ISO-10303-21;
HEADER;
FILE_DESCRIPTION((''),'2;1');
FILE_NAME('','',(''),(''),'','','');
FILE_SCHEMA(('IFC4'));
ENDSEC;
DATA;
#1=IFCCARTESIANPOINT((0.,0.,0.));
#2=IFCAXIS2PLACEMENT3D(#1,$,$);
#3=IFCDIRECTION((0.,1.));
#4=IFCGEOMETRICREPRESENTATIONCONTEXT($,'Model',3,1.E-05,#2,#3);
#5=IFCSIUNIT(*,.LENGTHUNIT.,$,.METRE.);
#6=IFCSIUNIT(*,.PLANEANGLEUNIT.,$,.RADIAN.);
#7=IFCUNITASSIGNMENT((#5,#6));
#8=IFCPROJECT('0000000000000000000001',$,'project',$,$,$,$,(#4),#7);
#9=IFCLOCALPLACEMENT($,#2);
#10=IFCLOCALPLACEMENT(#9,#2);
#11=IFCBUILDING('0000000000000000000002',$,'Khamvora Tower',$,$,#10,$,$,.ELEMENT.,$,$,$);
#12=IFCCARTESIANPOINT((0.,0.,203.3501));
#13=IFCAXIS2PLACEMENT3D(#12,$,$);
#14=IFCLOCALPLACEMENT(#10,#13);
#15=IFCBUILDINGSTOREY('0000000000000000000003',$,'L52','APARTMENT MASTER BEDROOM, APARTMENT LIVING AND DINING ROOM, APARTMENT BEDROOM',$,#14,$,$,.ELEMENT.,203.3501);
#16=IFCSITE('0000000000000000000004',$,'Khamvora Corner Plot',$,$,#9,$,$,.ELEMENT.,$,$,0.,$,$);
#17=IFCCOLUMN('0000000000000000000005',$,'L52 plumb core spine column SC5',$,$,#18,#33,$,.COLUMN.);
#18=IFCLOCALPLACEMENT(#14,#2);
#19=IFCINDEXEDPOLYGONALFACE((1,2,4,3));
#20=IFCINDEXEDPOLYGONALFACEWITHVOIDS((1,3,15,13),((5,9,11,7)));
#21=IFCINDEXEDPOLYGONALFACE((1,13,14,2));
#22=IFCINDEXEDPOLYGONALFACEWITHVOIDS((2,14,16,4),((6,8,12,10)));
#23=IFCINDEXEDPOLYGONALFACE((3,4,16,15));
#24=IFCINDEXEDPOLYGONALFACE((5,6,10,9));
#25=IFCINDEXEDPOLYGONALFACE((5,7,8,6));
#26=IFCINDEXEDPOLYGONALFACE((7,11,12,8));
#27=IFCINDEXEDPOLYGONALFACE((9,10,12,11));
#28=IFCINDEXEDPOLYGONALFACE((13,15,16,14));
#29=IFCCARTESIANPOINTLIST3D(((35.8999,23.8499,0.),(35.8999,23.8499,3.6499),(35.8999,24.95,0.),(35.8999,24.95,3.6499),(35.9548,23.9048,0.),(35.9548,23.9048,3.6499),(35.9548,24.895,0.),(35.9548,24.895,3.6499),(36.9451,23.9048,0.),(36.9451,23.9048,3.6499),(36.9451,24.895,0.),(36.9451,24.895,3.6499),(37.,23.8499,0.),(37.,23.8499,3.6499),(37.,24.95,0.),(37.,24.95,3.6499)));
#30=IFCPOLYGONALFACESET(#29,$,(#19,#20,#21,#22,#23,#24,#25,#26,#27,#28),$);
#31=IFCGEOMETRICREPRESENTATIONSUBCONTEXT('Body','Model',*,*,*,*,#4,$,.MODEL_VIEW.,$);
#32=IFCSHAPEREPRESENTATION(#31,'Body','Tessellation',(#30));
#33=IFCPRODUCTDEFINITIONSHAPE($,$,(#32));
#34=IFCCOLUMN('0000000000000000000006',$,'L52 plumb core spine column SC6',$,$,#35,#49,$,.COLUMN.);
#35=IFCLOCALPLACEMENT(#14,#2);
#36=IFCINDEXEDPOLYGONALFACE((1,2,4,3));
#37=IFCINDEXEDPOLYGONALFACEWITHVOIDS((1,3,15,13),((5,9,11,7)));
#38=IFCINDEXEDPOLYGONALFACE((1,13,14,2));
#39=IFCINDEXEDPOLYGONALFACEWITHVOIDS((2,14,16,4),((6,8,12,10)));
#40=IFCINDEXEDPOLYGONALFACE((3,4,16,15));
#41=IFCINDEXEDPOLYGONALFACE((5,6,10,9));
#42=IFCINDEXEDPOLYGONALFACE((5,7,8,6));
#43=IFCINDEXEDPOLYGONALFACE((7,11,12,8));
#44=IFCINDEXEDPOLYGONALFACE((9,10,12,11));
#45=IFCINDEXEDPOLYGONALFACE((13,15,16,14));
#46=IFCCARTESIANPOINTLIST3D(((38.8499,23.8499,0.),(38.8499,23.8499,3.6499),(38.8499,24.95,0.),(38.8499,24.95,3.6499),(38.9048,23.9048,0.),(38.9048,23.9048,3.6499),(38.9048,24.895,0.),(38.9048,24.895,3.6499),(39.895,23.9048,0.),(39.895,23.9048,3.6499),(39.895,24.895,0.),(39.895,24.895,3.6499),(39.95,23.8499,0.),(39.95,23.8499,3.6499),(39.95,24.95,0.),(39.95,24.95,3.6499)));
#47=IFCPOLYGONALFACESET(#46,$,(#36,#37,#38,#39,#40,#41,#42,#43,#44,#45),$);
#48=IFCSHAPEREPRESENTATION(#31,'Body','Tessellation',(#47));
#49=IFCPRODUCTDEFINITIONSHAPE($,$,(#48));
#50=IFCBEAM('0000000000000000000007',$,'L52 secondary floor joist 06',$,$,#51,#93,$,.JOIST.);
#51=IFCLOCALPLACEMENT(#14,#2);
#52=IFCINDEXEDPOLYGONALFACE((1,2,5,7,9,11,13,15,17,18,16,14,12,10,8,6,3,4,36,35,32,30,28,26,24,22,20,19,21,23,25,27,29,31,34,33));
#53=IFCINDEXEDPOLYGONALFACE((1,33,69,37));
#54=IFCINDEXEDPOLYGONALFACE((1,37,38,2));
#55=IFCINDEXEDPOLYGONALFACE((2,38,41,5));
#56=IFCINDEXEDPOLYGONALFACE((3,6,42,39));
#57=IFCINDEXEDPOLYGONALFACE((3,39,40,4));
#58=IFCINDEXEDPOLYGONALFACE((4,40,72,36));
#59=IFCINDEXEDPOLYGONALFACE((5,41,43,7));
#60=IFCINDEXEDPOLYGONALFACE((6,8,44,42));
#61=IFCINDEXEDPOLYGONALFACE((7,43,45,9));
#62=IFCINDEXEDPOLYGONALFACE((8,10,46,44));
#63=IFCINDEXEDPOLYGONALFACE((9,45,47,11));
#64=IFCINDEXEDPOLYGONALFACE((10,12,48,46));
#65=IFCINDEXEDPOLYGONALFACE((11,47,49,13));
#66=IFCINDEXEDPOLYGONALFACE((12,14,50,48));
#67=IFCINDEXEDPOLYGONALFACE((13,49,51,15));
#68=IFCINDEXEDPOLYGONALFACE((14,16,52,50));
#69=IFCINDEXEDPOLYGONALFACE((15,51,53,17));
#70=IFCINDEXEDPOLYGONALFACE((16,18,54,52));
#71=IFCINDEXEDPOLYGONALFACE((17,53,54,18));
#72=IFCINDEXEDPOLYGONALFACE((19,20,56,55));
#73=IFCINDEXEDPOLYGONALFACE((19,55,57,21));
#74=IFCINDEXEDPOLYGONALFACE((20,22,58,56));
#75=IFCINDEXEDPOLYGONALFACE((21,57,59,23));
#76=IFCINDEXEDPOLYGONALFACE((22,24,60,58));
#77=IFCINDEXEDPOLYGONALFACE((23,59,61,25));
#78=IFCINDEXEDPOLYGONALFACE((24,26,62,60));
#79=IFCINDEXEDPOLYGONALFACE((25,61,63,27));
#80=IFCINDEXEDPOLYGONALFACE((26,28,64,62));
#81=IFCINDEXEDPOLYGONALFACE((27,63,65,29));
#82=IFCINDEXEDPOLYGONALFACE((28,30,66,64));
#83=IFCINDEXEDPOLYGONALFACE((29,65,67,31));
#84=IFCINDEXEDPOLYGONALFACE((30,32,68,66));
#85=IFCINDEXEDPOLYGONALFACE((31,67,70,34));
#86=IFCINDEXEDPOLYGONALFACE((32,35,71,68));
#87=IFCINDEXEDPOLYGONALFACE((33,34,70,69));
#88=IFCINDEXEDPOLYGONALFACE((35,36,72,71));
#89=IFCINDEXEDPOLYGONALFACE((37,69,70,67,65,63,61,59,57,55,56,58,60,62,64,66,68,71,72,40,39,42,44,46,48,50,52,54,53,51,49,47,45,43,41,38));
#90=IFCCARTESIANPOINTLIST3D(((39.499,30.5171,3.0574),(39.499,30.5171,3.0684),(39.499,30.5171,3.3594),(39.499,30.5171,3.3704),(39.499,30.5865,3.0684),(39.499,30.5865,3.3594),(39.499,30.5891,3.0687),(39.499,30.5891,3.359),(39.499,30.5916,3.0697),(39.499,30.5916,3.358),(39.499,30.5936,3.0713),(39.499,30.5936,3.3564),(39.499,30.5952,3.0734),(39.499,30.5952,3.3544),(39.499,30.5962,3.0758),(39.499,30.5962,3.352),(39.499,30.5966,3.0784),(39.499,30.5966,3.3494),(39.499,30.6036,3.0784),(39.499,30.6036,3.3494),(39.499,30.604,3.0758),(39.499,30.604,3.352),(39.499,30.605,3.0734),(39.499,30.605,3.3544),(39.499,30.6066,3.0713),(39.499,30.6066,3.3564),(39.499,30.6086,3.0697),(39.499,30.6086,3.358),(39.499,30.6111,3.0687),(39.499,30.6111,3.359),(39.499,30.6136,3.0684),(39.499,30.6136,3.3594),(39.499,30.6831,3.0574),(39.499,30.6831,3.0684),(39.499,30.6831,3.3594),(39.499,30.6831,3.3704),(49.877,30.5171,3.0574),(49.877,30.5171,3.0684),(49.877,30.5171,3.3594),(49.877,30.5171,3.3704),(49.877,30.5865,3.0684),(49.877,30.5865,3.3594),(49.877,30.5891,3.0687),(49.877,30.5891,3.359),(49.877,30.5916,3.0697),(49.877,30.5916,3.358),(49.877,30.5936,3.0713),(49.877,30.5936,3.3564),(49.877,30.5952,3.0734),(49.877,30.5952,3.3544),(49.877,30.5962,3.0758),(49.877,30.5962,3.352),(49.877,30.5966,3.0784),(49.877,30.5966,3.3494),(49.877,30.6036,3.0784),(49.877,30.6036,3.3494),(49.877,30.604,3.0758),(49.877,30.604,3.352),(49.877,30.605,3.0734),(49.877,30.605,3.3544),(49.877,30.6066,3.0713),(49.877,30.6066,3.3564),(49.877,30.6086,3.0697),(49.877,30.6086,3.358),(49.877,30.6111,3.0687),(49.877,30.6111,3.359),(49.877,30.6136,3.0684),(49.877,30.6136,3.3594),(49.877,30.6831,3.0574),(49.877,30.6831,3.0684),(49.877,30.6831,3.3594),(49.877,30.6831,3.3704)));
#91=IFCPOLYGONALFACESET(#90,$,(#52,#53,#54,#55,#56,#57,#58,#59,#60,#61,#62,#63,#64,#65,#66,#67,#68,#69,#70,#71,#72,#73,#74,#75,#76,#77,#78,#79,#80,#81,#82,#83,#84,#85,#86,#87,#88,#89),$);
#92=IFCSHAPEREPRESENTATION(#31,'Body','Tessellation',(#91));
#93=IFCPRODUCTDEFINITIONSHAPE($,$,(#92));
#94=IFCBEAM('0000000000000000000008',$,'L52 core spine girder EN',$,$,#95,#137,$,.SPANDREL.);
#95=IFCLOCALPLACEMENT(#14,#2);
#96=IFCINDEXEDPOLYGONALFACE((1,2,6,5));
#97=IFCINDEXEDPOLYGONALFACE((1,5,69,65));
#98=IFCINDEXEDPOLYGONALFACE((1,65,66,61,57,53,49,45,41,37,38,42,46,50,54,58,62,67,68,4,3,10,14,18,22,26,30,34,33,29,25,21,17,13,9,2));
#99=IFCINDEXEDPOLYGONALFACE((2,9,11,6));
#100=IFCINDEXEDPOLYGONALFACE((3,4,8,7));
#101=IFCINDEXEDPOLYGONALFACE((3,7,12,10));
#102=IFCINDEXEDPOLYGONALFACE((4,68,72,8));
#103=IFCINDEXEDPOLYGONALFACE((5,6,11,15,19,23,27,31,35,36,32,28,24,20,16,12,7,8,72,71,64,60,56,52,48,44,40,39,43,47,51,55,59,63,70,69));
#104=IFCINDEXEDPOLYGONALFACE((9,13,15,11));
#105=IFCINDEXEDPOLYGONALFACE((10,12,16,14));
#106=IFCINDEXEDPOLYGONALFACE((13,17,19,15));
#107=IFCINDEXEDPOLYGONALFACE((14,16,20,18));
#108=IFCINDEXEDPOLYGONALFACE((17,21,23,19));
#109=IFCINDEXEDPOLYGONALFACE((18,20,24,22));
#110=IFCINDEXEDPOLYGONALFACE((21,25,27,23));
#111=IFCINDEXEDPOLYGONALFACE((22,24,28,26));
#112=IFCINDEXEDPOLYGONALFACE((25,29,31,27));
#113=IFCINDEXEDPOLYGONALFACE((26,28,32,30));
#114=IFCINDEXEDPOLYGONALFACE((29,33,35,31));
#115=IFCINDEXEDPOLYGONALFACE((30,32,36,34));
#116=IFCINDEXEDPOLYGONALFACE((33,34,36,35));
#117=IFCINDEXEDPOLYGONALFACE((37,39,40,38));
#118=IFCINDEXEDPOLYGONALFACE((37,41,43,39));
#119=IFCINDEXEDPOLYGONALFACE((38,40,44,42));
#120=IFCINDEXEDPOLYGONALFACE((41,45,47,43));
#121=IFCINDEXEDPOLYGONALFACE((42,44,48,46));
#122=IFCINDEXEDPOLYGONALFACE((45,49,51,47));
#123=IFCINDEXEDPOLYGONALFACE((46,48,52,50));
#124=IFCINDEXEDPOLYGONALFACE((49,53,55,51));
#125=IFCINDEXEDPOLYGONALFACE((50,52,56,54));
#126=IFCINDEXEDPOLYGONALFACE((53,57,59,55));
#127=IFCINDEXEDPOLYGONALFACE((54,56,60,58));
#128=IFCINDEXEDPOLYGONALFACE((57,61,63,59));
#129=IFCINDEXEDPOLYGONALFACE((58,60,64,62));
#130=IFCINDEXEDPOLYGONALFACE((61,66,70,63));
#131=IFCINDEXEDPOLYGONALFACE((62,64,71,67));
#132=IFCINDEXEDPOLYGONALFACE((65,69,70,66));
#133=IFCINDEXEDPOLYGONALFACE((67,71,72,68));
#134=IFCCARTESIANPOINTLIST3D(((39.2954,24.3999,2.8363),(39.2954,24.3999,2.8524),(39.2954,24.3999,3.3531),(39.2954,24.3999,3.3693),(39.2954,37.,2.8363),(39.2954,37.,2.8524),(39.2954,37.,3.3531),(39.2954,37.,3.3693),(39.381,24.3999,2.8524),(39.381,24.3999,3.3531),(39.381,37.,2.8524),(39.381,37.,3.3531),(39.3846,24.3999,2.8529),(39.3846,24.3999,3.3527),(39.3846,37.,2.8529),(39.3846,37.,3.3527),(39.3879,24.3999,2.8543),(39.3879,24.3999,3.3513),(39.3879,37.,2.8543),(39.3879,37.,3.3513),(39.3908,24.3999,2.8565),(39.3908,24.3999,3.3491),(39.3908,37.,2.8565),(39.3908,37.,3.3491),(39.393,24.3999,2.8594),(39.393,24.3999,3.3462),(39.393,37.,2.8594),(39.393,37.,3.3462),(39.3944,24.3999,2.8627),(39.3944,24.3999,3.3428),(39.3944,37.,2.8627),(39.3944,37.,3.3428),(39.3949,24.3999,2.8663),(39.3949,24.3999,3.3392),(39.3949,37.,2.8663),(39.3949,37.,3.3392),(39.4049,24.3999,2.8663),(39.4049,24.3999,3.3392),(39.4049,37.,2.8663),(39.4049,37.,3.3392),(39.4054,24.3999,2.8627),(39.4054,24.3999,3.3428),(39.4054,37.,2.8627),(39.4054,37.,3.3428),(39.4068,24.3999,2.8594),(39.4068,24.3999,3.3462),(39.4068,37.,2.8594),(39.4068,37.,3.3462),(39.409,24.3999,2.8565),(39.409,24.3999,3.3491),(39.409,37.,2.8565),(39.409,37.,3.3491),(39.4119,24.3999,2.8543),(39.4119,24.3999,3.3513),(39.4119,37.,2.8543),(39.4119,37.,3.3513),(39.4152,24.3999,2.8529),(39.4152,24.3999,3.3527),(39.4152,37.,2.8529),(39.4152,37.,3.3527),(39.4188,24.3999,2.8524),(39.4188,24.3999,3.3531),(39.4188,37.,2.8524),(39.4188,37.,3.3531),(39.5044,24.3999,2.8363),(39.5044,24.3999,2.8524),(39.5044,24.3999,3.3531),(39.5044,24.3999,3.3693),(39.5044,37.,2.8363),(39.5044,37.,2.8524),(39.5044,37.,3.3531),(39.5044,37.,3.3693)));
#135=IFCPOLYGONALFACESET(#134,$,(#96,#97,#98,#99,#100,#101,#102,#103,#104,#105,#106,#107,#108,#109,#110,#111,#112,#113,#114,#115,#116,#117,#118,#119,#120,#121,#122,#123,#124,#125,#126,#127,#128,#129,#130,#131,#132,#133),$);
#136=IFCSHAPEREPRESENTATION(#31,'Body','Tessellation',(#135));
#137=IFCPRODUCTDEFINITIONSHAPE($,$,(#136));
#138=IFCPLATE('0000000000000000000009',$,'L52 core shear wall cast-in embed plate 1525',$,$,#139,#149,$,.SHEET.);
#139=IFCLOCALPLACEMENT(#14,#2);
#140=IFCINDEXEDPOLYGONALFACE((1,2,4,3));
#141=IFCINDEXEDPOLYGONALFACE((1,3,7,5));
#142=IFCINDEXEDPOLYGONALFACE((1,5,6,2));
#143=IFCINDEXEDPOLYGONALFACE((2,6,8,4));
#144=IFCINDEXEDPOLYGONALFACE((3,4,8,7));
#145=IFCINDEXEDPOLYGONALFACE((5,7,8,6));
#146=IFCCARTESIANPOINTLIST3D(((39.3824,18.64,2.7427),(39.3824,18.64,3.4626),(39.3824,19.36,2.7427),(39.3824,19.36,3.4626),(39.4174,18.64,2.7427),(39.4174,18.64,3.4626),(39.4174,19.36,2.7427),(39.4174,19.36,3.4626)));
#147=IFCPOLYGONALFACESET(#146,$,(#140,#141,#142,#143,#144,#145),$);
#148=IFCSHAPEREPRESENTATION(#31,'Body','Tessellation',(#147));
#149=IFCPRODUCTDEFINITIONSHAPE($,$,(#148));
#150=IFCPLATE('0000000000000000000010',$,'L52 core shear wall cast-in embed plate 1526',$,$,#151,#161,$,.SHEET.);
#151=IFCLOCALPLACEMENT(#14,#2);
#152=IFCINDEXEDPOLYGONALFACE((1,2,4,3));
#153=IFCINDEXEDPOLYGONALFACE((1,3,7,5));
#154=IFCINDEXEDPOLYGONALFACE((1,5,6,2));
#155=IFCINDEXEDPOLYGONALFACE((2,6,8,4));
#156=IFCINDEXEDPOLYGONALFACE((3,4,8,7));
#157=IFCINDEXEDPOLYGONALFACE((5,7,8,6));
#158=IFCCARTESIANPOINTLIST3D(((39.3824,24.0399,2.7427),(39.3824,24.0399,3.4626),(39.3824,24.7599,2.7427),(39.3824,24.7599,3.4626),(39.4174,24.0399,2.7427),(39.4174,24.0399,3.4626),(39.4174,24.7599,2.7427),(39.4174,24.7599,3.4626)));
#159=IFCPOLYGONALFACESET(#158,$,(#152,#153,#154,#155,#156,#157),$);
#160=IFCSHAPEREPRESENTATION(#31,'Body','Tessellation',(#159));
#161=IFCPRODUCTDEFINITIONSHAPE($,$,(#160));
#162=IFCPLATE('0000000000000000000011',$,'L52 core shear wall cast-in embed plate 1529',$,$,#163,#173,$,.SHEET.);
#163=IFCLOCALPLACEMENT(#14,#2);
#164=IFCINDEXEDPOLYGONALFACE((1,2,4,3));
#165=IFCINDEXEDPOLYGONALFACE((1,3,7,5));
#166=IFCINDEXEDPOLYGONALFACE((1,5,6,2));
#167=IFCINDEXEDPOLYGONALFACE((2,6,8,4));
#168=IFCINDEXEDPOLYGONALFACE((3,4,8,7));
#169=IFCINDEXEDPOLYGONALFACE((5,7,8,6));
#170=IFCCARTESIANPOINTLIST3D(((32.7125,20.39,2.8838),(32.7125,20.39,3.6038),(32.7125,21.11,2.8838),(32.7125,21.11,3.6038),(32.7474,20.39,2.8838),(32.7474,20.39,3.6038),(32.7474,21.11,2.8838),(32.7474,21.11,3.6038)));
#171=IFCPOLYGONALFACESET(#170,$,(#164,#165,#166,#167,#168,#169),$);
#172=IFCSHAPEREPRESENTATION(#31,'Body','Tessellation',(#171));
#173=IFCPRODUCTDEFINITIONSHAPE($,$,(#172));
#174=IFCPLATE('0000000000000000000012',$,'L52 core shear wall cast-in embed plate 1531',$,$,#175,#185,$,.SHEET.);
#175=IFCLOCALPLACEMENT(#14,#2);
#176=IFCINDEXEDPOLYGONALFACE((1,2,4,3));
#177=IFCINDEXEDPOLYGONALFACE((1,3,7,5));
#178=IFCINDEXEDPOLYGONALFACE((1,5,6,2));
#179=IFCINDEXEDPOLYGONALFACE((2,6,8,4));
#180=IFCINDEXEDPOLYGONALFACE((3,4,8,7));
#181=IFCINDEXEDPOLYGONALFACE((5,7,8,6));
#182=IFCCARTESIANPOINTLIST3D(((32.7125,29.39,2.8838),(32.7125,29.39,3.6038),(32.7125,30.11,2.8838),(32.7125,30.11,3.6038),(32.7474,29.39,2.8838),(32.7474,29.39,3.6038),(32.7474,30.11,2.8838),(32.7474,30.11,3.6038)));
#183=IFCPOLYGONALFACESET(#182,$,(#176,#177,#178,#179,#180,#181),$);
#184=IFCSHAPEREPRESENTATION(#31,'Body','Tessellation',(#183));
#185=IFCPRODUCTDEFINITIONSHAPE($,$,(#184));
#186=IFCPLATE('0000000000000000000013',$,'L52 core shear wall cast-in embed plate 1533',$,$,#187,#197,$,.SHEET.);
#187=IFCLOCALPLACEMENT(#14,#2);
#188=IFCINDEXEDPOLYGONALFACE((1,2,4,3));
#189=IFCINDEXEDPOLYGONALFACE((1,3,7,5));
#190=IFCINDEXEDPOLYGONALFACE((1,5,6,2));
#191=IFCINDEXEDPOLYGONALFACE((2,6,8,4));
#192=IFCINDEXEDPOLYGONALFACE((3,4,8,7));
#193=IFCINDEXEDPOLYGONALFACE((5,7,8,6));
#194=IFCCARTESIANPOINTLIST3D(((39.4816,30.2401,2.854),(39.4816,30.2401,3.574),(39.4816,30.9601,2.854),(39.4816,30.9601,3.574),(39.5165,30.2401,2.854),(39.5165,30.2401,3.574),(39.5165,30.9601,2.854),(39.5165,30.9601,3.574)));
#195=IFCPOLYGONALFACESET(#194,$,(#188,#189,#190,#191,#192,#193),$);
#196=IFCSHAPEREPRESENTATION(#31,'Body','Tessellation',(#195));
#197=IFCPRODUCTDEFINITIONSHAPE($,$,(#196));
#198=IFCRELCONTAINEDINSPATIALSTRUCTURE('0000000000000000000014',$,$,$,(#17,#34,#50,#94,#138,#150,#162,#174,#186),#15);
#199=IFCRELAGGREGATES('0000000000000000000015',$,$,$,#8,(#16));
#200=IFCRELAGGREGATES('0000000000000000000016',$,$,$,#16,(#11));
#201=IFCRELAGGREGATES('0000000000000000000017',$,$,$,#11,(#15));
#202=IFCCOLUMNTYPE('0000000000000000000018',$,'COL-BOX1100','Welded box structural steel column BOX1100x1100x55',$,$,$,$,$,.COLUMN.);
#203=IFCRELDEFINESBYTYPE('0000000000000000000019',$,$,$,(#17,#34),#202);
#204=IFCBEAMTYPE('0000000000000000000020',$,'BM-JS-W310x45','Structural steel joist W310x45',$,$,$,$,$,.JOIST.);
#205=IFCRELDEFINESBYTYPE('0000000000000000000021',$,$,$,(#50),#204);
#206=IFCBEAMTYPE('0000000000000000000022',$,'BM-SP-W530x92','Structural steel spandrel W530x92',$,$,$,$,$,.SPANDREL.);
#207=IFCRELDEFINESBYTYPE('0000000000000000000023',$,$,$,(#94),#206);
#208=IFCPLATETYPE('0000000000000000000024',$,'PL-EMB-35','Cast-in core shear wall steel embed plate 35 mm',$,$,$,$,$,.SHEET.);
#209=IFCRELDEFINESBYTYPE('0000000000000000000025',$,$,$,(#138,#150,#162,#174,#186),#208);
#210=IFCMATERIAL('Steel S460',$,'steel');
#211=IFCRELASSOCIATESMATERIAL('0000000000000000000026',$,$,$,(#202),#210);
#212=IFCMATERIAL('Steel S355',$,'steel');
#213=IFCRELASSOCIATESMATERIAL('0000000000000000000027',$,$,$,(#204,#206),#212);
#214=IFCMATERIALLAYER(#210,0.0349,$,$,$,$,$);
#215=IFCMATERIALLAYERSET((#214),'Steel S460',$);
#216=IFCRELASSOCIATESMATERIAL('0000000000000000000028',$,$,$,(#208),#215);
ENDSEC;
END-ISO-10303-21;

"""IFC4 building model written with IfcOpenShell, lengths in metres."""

from ifc_helpers import new_model, si_unit, direction, frame, origin, origin_2d, place, context, subcontext, project, spatial, rectangle, hollow_rectangle, i_section, extrude, material, layer, layer_set, material_profile, profile_set, type_object, element, save


model = new_model("IFC4")

# Units and contexts
model_context = context("Model", 3, precision=1e-05, world=origin(), true_north=direction((0.0, 1.0)))
body_context = subcontext(model_context, "Body", "Model", "MODEL_VIEW")
ifc_project = project(units=[si_unit("LENGTHUNIT", "METRE"), si_unit("PLANEANGLEUNIT", "RADIAN")], contexts=[model_context])

# Site, building, storey
site_placement = place(None, origin())
site = spatial("IfcSite", under=ifc_project, at=site_placement, Name="Khamvora Corner Plot", CompositionType="ELEMENT", RefElevation=0.0)
building_placement = place(site_placement, origin())
building = spatial("IfcBuilding", under=site, at=building_placement, Name="Khamvora Tower", CompositionType="ELEMENT")
storey_placement = place(building_placement, frame((0.0, 0.0, 203.3501)))
storey = spatial("IfcBuildingStorey", under=building, at=storey_placement, Name="L52", Description="APARTMENT MASTER BEDROOM, APARTMENT LIVING AND DINING ROOM, APARTMENT BEDROOM", CompositionType="ELEMENT", Elevation=203.3501)

# Columns
ifc_material_1 = material(Name="Steel S460", Category="steel")
ifc_material_profile_1 = material_profile(ifc_material_1, hollow_rectangle(XDim=1.1001, YDim=1.1001, WallThickness=0.0549, at=origin_2d()), Name="BOX1100x1100x55")
ifc_profile_set_1 = profile_set([ifc_material_profile_1], Name="Steel S460")
column_type = type_object("IfcColumnType", Name="COL-BOX1100", Description="Welded box structural steel column BOX1100x1100x55", PredefinedType="COLUMN", material=ifc_profile_set_1)
for number, where, z_axis, x_axis, name in (
    (1, (36.45, 24.3999, 0.0), (0.0, 0.0, 1.0), (1.0, 0.0, 0.0), "L52 plumb core spine column SC5"),
    (2, (39.3999, 24.3999, 0.0), (0.0, 0.0, 1.0), (1.0, 0.0, 0.0), "L52 plumb core spine column SC6"),
):
    element("IfcColumn", number, at=place(storey_placement, frame(where, z_axis=z_axis, x_axis=x_axis)), inside=storey, type_object=column_type, Name=name, PredefinedType="COLUMN", context=body_context, shape_type="SweptSolid", body=[
        extrude(hollow_rectangle(XDim=1.1001, YDim=1.1001, WallThickness=0.0549, at=origin_2d()), origin(), (0.0, 0.0, 1.0), 3.6499),
    ])

# Beams
ifc_material_2 = material(Name="Steel S355", Category="steel")
ifc_material_profile_2 = material_profile(ifc_material_2, i_section(OverallWidth=0.166, OverallDepth=0.313, WebThickness=0.0071, FlangeThickness=0.011, FilletRadius=0.01, at=origin_2d()), Name="W310x45")
ifc_profile_set_2 = profile_set([ifc_material_profile_2], Name="Steel S355")
beam_type_1 = type_object("IfcBeamType", Name="BM-JS-W310x45", Description="Structural steel joist W310x45", PredefinedType="JOIST", material=ifc_profile_set_2)
beam_1_placement = place(storey_placement, frame((39.499, 30.6001, 3.2139), z_axis=(1.0, 0.0, 0.0), x_axis=(0.0, 1.0, 0.0)))
element("IfcBeam", 3, at=beam_1_placement, inside=storey, type_object=beam_type_1, Name="L52 secondary floor joist 06", PredefinedType="JOIST", context=body_context, shape_type="SweptSolid", body=[
    extrude(i_section(OverallWidth=0.166, OverallDepth=0.313, WebThickness=0.0071, FlangeThickness=0.011, FilletRadius=0.01, at=origin_2d()), origin(), (0.0, 0.0, 1.0), 10.3779),
])
ifc_material_profile_3 = material_profile(ifc_material_2, i_section(OverallWidth=0.209, OverallDepth=0.533, WebThickness=0.01, FlangeThickness=0.0161, FilletRadius=0.0139, at=origin_2d()), Name="W530x92")
ifc_profile_set_3 = profile_set([ifc_material_profile_3], Name="Steel S355")
beam_type_2 = type_object("IfcBeamType", Name="BM-SP-W530x92", Description="Structural steel spandrel W530x92", PredefinedType="SPANDREL", material=ifc_profile_set_3)
beam_2_placement = place(storey_placement, frame((39.3999, 24.3999, 3.1028), z_axis=(0.0, 1.0, 0.0), x_axis=(-1.0, 0.0, 0.0)))
element("IfcBeam", 4, at=beam_2_placement, inside=storey, type_object=beam_type_2, Name="L52 core spine girder EN", PredefinedType="SPANDREL", context=body_context, shape_type="SweptSolid", body=[
    extrude(i_section(OverallWidth=0.209, OverallDepth=0.533, WebThickness=0.01, FlangeThickness=0.0161, FilletRadius=0.0139, at=origin_2d()), origin(), (0.0, 0.0, 1.0), 12.6001),
])

# Plates
ifc_layer_1 = layer(ifc_material_1, 0.0349)
ifc_layer_set_1 = layer_set([ifc_layer_1], Name="Steel S460")
plate_type = type_object("IfcPlateType", Name="PL-EMB-35", Description="Cast-in core shear wall steel embed plate 35 mm", PredefinedType="SHEET", material=ifc_layer_set_1)
for number, where, z_axis, x_axis, name in (
    (5, (39.3999, 19.0, 2.7427), (0.0, 0.0, 1.0), (1.0, 0.0, 0.0), "L52 core shear wall cast-in embed plate 1525"),
    (6, (39.3999, 24.3999, 2.7427), (0.0, 0.0, 1.0), (1.0, 0.0, 0.0), "L52 core shear wall cast-in embed plate 1526"),
    (7, (32.73, 20.75, 2.8838), (0.0, 0.0, 1.0), (1.0, 0.0, 0.0), "L52 core shear wall cast-in embed plate 1529"),
    (8, (32.73, 29.75, 2.8838), (0.0, 0.0, 1.0), (1.0, 0.0, 0.0), "L52 core shear wall cast-in embed plate 1531"),
    (9, (39.499, 30.6001, 2.854), (0.0, 0.0, 1.0), (1.0, 0.0, 0.0), "L52 core shear wall cast-in embed plate 1533"),
):
    element("IfcPlate", number, at=place(storey_placement, frame(where, z_axis=z_axis, x_axis=x_axis)), inside=storey, type_object=plate_type, Name=name, PredefinedType="SHEET", context=body_context, shape_type="SweptSolid", body=[
        extrude(rectangle(XDim=0.0349, YDim=0.72, at=origin_2d()), origin(), (0.0, 0.0, 1.0), 0.72),
    ])

save(model, "model.ifc")
